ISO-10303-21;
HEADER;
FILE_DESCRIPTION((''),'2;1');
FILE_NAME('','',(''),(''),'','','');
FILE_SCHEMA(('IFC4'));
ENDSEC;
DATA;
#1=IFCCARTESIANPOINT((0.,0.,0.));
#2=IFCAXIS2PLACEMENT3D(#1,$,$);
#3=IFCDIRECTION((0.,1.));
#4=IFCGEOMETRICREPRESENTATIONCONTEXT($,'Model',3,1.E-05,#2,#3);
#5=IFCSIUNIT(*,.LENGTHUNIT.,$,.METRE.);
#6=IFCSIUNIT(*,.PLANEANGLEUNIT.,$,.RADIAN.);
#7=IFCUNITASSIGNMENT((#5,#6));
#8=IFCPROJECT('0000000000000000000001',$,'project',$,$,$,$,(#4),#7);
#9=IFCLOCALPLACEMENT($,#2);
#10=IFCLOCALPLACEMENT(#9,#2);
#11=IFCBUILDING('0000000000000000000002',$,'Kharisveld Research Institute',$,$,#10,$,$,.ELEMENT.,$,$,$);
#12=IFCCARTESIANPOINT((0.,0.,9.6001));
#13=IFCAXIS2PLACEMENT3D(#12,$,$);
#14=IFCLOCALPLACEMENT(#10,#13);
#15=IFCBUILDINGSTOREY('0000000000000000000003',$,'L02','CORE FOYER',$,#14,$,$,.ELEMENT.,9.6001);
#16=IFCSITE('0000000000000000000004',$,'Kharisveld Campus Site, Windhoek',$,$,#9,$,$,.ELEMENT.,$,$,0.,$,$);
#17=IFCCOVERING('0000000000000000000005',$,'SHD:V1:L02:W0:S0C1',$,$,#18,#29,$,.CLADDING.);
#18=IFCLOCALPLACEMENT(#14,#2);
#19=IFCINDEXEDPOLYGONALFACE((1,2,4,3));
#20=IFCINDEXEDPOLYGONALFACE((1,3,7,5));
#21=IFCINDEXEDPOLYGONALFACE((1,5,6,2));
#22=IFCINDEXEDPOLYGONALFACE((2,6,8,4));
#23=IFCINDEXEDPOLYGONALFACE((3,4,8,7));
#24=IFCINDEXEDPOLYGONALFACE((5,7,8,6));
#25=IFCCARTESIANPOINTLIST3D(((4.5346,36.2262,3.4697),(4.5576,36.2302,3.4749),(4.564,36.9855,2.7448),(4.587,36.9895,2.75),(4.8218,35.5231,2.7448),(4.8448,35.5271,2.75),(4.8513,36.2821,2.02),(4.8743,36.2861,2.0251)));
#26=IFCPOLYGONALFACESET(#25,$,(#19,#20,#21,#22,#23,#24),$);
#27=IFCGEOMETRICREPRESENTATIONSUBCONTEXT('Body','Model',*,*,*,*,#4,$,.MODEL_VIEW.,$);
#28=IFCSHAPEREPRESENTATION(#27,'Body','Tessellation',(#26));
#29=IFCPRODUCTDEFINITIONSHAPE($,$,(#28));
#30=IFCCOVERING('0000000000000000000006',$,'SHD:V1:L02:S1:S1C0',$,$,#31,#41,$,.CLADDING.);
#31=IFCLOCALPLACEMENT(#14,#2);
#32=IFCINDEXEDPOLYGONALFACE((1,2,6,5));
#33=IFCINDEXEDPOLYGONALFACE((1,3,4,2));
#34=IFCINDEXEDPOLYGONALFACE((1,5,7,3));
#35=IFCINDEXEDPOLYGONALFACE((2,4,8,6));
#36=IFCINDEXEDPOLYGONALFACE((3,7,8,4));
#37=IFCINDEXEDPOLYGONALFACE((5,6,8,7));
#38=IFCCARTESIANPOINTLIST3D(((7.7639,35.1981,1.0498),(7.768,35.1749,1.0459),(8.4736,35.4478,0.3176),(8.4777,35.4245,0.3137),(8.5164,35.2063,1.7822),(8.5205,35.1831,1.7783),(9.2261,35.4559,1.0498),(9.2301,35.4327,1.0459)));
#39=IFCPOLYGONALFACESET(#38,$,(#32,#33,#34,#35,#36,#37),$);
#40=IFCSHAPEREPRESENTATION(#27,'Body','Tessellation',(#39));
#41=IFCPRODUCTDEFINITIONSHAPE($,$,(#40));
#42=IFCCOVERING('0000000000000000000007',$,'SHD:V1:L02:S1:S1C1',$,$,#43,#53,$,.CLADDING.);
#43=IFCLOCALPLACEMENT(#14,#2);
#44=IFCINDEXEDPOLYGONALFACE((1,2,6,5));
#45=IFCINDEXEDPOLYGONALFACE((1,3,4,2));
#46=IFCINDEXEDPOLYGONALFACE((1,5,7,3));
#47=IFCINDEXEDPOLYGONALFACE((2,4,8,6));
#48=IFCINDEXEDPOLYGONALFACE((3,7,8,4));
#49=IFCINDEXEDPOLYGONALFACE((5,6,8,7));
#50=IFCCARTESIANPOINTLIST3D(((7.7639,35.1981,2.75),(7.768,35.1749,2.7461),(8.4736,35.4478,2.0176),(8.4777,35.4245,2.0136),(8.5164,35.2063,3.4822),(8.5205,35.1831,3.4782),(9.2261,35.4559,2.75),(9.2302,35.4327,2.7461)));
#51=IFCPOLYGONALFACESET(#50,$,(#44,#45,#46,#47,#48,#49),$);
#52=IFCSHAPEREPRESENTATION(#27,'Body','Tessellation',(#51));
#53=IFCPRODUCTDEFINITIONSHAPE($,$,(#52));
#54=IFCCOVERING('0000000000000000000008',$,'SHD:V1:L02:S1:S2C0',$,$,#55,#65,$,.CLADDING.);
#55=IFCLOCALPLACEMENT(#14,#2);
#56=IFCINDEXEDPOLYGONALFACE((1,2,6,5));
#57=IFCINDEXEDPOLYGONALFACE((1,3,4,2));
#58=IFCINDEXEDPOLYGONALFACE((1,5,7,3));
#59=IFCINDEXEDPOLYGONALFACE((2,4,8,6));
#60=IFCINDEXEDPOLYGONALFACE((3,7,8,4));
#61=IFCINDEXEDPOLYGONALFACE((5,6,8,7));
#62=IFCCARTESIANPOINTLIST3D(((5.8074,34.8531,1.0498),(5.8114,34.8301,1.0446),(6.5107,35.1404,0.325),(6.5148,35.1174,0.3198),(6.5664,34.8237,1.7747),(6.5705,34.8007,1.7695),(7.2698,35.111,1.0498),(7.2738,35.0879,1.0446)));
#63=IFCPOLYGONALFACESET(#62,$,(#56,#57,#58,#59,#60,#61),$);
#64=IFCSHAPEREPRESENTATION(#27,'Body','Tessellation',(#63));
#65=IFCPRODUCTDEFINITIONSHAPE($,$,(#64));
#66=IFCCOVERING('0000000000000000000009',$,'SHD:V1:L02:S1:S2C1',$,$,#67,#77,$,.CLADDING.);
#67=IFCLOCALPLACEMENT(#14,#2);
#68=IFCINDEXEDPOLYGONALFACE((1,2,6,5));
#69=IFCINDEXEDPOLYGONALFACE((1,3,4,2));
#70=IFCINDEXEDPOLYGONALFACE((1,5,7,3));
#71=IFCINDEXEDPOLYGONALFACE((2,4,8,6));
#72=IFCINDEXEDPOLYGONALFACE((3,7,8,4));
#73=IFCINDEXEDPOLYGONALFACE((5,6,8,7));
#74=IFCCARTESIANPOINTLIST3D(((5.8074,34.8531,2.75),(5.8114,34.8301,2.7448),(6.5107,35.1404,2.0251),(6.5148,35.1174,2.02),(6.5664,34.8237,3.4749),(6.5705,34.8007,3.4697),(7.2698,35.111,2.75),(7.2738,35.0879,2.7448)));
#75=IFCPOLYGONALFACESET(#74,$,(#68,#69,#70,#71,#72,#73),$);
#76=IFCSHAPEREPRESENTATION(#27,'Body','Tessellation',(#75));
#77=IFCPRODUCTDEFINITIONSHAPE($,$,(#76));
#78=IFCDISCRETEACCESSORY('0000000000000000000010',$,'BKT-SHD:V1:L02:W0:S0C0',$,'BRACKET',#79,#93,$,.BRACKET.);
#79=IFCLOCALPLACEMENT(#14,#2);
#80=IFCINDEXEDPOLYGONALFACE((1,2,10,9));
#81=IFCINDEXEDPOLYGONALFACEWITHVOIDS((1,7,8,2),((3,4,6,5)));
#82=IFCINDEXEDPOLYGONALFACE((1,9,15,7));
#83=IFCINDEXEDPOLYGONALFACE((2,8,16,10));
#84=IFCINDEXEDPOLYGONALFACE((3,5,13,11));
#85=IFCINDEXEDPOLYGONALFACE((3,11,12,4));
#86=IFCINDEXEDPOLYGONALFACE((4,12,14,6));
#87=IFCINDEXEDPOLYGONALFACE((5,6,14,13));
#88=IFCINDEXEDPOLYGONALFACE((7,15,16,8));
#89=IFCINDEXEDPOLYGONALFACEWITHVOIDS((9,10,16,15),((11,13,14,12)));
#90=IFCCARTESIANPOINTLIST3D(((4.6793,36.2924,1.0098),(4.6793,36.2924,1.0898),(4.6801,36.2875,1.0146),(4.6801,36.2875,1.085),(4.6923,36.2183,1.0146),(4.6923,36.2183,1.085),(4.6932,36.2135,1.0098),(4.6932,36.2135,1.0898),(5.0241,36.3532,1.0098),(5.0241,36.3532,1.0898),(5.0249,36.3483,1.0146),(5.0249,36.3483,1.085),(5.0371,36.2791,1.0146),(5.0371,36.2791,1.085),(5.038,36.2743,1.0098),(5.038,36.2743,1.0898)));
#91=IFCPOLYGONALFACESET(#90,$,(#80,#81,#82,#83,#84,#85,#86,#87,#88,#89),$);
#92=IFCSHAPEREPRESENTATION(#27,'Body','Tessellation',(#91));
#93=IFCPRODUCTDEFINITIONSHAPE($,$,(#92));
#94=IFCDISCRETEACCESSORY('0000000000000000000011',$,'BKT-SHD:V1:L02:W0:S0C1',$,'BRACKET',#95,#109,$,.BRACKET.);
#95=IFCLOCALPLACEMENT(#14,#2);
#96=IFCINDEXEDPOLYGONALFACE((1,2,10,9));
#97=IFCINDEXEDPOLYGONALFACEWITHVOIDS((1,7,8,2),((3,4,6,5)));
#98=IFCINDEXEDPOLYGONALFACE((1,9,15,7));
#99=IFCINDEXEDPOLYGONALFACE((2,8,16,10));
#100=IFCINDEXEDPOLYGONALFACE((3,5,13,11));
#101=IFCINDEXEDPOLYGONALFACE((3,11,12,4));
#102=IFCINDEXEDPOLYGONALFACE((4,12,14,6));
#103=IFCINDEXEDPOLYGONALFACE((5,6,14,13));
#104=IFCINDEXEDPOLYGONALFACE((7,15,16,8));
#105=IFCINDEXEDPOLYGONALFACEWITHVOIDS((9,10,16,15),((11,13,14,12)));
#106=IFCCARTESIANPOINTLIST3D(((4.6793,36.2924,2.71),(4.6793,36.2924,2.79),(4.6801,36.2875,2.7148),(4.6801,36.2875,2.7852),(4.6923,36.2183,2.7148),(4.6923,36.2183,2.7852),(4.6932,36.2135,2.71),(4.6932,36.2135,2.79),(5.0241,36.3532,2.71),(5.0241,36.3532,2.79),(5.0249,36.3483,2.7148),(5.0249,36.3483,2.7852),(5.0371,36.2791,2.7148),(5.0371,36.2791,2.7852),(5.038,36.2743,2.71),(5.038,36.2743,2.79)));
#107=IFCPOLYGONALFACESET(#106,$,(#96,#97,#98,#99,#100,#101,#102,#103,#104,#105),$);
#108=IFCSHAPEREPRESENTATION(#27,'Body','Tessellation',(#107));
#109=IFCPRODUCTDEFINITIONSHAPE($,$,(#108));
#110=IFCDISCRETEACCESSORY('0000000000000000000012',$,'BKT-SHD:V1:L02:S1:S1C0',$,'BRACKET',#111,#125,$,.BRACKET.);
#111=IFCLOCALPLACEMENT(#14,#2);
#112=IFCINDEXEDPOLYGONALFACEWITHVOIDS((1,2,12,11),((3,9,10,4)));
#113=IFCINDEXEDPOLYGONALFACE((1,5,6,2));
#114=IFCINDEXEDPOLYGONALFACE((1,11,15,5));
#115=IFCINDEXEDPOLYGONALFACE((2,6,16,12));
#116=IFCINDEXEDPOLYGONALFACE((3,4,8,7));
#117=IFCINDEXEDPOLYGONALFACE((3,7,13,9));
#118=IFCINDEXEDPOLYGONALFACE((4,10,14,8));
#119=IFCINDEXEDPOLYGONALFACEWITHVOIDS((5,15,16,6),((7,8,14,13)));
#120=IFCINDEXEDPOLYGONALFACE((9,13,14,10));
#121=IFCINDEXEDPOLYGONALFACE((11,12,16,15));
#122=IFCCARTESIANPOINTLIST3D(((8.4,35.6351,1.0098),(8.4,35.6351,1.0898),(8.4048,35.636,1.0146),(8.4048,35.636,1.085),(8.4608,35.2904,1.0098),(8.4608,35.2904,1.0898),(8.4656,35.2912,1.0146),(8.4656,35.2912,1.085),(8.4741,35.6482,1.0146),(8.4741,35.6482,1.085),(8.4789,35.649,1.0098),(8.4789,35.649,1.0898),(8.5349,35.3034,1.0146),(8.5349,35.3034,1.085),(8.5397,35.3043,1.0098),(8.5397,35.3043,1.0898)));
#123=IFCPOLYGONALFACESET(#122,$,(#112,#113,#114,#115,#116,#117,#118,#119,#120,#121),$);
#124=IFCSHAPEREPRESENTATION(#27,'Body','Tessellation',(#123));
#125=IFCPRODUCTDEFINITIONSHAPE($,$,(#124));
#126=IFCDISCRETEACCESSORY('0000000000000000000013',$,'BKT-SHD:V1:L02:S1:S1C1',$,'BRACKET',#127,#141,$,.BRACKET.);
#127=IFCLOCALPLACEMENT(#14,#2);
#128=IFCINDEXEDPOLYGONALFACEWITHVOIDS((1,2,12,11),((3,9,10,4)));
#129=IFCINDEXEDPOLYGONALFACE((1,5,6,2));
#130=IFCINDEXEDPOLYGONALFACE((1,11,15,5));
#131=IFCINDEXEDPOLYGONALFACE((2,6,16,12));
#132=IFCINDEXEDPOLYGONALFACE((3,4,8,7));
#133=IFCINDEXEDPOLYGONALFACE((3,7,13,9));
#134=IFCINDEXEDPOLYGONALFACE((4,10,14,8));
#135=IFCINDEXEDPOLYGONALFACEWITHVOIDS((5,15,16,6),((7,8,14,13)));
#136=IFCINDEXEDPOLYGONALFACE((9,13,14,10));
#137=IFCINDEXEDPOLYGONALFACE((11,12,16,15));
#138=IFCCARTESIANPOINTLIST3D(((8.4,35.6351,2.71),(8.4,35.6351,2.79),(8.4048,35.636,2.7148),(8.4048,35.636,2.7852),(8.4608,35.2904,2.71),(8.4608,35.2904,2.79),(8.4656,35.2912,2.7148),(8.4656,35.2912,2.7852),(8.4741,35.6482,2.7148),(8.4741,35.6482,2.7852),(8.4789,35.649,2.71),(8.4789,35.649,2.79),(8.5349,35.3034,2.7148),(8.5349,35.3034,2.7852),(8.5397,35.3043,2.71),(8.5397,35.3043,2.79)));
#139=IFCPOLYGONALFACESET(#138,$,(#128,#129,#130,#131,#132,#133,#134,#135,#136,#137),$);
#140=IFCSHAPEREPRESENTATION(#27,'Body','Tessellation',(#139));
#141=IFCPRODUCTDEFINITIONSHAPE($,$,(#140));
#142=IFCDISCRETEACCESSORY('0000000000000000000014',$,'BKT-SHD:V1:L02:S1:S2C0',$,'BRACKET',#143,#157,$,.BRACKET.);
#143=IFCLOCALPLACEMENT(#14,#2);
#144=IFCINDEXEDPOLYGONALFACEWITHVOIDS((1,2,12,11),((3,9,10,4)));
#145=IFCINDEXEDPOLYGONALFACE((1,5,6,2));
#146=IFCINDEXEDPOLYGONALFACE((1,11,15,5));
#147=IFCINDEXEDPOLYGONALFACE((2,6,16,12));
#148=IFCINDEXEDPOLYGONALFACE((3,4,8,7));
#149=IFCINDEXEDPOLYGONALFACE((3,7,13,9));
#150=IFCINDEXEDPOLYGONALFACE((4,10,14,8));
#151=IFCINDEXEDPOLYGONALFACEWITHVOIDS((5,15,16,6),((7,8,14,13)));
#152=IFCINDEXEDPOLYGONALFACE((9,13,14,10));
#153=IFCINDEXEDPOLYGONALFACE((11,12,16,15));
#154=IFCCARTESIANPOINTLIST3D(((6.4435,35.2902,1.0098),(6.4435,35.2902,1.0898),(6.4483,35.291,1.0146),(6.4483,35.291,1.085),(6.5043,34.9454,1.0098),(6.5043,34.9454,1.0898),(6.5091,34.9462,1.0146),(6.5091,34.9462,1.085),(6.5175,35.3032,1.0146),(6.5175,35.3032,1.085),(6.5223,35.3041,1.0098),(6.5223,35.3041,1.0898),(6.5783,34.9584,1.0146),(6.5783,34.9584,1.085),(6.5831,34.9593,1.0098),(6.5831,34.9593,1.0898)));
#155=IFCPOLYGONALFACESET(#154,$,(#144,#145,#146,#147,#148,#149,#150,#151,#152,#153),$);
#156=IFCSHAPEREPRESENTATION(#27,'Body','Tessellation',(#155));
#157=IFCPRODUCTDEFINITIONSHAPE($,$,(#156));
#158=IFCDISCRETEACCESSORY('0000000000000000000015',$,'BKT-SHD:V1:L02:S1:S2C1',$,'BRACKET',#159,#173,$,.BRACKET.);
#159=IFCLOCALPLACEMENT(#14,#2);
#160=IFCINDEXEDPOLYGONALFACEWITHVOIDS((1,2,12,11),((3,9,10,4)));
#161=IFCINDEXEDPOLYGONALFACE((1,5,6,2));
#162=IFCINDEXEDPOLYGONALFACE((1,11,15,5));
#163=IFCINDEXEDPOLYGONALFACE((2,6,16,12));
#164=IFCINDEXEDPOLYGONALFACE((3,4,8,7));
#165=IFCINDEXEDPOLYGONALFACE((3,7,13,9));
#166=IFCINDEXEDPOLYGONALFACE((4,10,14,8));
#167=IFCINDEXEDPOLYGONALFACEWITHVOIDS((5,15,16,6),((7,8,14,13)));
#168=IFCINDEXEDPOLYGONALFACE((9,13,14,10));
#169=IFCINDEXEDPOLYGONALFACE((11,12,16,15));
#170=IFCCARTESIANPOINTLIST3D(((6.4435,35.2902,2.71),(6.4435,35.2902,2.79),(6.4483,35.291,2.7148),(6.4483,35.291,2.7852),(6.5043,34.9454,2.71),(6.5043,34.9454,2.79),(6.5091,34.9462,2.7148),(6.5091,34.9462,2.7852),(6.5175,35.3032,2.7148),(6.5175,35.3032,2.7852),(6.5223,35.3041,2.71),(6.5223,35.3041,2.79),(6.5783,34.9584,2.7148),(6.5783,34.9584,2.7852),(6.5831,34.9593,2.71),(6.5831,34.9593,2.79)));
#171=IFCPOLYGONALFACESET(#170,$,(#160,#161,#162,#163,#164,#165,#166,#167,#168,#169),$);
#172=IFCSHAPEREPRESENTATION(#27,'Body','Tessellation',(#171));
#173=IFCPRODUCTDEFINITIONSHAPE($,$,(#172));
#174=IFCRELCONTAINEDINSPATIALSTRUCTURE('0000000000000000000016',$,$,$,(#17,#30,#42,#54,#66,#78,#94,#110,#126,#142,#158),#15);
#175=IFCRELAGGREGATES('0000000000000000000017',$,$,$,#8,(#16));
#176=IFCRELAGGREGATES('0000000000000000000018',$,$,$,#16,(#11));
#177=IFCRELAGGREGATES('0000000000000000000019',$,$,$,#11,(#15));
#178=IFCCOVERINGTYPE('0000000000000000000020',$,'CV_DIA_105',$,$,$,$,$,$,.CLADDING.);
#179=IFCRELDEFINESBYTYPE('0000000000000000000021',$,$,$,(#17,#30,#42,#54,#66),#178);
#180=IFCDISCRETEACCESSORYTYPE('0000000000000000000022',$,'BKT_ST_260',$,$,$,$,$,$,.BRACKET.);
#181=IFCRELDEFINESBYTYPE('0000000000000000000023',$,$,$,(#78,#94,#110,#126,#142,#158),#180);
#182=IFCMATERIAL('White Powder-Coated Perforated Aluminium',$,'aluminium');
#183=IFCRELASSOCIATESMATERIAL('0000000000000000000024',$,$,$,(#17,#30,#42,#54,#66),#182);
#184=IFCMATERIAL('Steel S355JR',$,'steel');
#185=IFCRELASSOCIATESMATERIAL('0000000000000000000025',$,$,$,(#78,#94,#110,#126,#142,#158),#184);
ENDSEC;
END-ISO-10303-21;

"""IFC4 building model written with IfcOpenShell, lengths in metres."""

from ifc_helpers import new_model, si_unit, direction, frame, origin, origin_2d, place, context, subcontext, project, spatial, polyline, hollow_rectangle, outline, extrude, material, type_object, element, save


model = new_model("IFC4")

# Units and contexts
model_context = context("Model", 3, precision=1e-05, world=origin(), true_north=direction((0.0, 1.0)))
body_context = subcontext(model_context, "Body", "Model", "MODEL_VIEW")
ifc_project = project(units=[si_unit("LENGTHUNIT", "METRE"), si_unit("PLANEANGLEUNIT", "RADIAN")], contexts=[model_context])

# Site, building, storey
site_placement = place(None, origin())
site = spatial("IfcSite", under=ifc_project, at=site_placement, Name="Kharisveld Campus Site, Windhoek", CompositionType="ELEMENT", RefElevation=0.0)
building_placement = place(site_placement, origin())
building = spatial("IfcBuilding", under=site, at=building_placement, Name="Kharisveld Research Institute", CompositionType="ELEMENT")
storey_placement = place(building_placement, frame((0.0, 0.0, 9.6001)))
storey = spatial("IfcBuildingStorey", under=building, at=storey_placement, Name="L02", Description="CORE FOYER", CompositionType="ELEMENT", Elevation=9.6001)

# Coverings
ifc_material_1 = material(Name="White Powder-Coated Perforated Aluminium", Category="aluminium")
covering_type = type_object("IfcCoveringType", Name="CV_DIA_105", PredefinedType="CLADDING")
for number, where, z_axis, x_axis, name in (
    (1, (4.8743, 36.2861, 2.0251), (0.961447, 0.169497, 0.21654), (-0.273555, 0.669826, 0.69029), "SHD:V1:L02:W0:S0C1"),
):
    element("IfcCovering", number, at=place(storey_placement, frame(where, z_axis=z_axis, x_axis=x_axis)), inside=storey, type_object=covering_type, material=ifc_material_1, Name=name, PredefinedType="CLADDING", context=body_context, shape_type="SweptSolid", body=[
        extrude(outline(polyline([(0.0, 0.0), (1.0501, 0.0), (1.0499, 1.0501), (0.0, 1.05), (0.0, 0.0)])), origin(), (0.0, 0.0, -1.0), 0.0239),
    ])
covering_1_placement = place(storey_placement, frame((8.4736, 35.4478, 0.3176), z_axis=(-0.171261, 0.97129, 0.165124), x_axis=(-0.676048, -0.237771, 0.697441)))
element("IfcCovering", 2, at=covering_1_placement, inside=storey, type_object=covering_type, material=ifc_material_1, Name="SHD:V1:L02:S1:S1C0", PredefinedType="CLADDING", context=body_context, shape_type="SweptSolid", body=[
    extrude(outline(polyline([(0.0, 0.0), (1.0498, 0.0), (1.05, 1.0501), (0.0, 1.0499), (0.0, 0.0)])), origin(), (0.0, 0.0, -1.0), 0.0239),
])
covering_2_placement = place(storey_placement, frame((8.4736, 35.4478, 2.0176), z_axis=(-0.171261, 0.97129, 0.165124), x_axis=(-0.675931, -0.23777, 0.697555)))
element("IfcCovering", 3, at=covering_2_placement, inside=storey, type_object=covering_type, material=ifc_material_1, Name="SHD:V1:L02:S1:S1C1", PredefinedType="CLADDING", context=body_context, shape_type="SweptSolid", body=[
    extrude(outline(polyline([(0.0, 0.0), (1.05, 0.0), (1.0502, 1.0499), (0.0004, 1.0501), (0.0, 0.0)])), origin(), (0.0, 0.0, -1.0), 0.0239),
])
for number, where, z_axis, x_axis, name in (
    (4, (6.5107, 35.1404, 0.325), (-0.169498, 0.961453, 0.216512), (-0.66983, -0.273536, 0.690294), "SHD:V1:L02:S1:S2C0"),
    (5, (6.5107, 35.1404, 2.0251), (-0.169498, 0.961453, 0.216512), (-0.66983, -0.273536, 0.690294), "SHD:V1:L02:S1:S2C1"),
):
    element("IfcCovering", number, at=place(storey_placement, frame(where, z_axis=z_axis, x_axis=x_axis)), inside=storey, type_object=covering_type, material=ifc_material_1, Name=name, PredefinedType="CLADDING", context=body_context, shape_type="SweptSolid", body=[
        extrude(outline(polyline([(0.0, 0.0), (1.0501, 0.0), (1.0501, 1.05), (0.0, 1.05), (0.0, 0.0)])), origin(), (0.0, 0.0, -1.0), 0.0239),
    ])

# Discrete accessories
ifc_material_2 = material(Name="Steel S355JR", Category="steel")
discrete_accessory_type = type_object("IfcDiscreteAccessoryType", Name="BKT_ST_260", PredefinedType="BRACKET")
for number, where, z_axis, x_axis, name in (
    (6, (5.031, 36.3137, 1.0498), (-0.984805, -0.173666, 0.0), (0.173666, -0.984805, 0.0), "BKT-SHD:V1:L02:W0:S0C0"),
    (7, (5.031, 36.3137, 2.75), (-0.984805, -0.173666, 0.0), (0.173666, -0.984805, 0.0), "BKT-SHD:V1:L02:W0:S0C1"),
    (8, (8.4395, 35.6421, 1.0498), (0.173666, -0.984805, 0.0), (0.984805, 0.173666, 0.0), "BKT-SHD:V1:L02:S1:S1C0"),
    (9, (8.4395, 35.6421, 2.75), (0.173666, -0.984805, 0.0), (0.984805, 0.173666, 0.0), "BKT-SHD:V1:L02:S1:S1C1"),
    (10, (6.4829, 35.2971, 1.0498), (0.173666, -0.984805, 0.0), (0.984805, 0.173666, 0.0), "BKT-SHD:V1:L02:S1:S2C0"),
    (11, (6.4829, 35.2971, 2.75), (0.173666, -0.984805, 0.0), (0.984805, 0.173666, 0.0), "BKT-SHD:V1:L02:S1:S2C1"),
):
    element("IfcDiscreteAccessory", number, at=place(storey_placement, frame(where, z_axis=z_axis, x_axis=x_axis)), inside=storey, type_object=discrete_accessory_type, material=ifc_material_2, Name=name, ObjectType="BRACKET", PredefinedType="BRACKET", context=body_context, shape_type="SweptSolid", body=[
        extrude(hollow_rectangle(XDim=0.0801, YDim=0.0801, WallThickness=0.0049, at=origin_2d()), origin(), (0.0, 0.0, 1.0), 0.3501),
    ])

save(model, "model.ifc")
